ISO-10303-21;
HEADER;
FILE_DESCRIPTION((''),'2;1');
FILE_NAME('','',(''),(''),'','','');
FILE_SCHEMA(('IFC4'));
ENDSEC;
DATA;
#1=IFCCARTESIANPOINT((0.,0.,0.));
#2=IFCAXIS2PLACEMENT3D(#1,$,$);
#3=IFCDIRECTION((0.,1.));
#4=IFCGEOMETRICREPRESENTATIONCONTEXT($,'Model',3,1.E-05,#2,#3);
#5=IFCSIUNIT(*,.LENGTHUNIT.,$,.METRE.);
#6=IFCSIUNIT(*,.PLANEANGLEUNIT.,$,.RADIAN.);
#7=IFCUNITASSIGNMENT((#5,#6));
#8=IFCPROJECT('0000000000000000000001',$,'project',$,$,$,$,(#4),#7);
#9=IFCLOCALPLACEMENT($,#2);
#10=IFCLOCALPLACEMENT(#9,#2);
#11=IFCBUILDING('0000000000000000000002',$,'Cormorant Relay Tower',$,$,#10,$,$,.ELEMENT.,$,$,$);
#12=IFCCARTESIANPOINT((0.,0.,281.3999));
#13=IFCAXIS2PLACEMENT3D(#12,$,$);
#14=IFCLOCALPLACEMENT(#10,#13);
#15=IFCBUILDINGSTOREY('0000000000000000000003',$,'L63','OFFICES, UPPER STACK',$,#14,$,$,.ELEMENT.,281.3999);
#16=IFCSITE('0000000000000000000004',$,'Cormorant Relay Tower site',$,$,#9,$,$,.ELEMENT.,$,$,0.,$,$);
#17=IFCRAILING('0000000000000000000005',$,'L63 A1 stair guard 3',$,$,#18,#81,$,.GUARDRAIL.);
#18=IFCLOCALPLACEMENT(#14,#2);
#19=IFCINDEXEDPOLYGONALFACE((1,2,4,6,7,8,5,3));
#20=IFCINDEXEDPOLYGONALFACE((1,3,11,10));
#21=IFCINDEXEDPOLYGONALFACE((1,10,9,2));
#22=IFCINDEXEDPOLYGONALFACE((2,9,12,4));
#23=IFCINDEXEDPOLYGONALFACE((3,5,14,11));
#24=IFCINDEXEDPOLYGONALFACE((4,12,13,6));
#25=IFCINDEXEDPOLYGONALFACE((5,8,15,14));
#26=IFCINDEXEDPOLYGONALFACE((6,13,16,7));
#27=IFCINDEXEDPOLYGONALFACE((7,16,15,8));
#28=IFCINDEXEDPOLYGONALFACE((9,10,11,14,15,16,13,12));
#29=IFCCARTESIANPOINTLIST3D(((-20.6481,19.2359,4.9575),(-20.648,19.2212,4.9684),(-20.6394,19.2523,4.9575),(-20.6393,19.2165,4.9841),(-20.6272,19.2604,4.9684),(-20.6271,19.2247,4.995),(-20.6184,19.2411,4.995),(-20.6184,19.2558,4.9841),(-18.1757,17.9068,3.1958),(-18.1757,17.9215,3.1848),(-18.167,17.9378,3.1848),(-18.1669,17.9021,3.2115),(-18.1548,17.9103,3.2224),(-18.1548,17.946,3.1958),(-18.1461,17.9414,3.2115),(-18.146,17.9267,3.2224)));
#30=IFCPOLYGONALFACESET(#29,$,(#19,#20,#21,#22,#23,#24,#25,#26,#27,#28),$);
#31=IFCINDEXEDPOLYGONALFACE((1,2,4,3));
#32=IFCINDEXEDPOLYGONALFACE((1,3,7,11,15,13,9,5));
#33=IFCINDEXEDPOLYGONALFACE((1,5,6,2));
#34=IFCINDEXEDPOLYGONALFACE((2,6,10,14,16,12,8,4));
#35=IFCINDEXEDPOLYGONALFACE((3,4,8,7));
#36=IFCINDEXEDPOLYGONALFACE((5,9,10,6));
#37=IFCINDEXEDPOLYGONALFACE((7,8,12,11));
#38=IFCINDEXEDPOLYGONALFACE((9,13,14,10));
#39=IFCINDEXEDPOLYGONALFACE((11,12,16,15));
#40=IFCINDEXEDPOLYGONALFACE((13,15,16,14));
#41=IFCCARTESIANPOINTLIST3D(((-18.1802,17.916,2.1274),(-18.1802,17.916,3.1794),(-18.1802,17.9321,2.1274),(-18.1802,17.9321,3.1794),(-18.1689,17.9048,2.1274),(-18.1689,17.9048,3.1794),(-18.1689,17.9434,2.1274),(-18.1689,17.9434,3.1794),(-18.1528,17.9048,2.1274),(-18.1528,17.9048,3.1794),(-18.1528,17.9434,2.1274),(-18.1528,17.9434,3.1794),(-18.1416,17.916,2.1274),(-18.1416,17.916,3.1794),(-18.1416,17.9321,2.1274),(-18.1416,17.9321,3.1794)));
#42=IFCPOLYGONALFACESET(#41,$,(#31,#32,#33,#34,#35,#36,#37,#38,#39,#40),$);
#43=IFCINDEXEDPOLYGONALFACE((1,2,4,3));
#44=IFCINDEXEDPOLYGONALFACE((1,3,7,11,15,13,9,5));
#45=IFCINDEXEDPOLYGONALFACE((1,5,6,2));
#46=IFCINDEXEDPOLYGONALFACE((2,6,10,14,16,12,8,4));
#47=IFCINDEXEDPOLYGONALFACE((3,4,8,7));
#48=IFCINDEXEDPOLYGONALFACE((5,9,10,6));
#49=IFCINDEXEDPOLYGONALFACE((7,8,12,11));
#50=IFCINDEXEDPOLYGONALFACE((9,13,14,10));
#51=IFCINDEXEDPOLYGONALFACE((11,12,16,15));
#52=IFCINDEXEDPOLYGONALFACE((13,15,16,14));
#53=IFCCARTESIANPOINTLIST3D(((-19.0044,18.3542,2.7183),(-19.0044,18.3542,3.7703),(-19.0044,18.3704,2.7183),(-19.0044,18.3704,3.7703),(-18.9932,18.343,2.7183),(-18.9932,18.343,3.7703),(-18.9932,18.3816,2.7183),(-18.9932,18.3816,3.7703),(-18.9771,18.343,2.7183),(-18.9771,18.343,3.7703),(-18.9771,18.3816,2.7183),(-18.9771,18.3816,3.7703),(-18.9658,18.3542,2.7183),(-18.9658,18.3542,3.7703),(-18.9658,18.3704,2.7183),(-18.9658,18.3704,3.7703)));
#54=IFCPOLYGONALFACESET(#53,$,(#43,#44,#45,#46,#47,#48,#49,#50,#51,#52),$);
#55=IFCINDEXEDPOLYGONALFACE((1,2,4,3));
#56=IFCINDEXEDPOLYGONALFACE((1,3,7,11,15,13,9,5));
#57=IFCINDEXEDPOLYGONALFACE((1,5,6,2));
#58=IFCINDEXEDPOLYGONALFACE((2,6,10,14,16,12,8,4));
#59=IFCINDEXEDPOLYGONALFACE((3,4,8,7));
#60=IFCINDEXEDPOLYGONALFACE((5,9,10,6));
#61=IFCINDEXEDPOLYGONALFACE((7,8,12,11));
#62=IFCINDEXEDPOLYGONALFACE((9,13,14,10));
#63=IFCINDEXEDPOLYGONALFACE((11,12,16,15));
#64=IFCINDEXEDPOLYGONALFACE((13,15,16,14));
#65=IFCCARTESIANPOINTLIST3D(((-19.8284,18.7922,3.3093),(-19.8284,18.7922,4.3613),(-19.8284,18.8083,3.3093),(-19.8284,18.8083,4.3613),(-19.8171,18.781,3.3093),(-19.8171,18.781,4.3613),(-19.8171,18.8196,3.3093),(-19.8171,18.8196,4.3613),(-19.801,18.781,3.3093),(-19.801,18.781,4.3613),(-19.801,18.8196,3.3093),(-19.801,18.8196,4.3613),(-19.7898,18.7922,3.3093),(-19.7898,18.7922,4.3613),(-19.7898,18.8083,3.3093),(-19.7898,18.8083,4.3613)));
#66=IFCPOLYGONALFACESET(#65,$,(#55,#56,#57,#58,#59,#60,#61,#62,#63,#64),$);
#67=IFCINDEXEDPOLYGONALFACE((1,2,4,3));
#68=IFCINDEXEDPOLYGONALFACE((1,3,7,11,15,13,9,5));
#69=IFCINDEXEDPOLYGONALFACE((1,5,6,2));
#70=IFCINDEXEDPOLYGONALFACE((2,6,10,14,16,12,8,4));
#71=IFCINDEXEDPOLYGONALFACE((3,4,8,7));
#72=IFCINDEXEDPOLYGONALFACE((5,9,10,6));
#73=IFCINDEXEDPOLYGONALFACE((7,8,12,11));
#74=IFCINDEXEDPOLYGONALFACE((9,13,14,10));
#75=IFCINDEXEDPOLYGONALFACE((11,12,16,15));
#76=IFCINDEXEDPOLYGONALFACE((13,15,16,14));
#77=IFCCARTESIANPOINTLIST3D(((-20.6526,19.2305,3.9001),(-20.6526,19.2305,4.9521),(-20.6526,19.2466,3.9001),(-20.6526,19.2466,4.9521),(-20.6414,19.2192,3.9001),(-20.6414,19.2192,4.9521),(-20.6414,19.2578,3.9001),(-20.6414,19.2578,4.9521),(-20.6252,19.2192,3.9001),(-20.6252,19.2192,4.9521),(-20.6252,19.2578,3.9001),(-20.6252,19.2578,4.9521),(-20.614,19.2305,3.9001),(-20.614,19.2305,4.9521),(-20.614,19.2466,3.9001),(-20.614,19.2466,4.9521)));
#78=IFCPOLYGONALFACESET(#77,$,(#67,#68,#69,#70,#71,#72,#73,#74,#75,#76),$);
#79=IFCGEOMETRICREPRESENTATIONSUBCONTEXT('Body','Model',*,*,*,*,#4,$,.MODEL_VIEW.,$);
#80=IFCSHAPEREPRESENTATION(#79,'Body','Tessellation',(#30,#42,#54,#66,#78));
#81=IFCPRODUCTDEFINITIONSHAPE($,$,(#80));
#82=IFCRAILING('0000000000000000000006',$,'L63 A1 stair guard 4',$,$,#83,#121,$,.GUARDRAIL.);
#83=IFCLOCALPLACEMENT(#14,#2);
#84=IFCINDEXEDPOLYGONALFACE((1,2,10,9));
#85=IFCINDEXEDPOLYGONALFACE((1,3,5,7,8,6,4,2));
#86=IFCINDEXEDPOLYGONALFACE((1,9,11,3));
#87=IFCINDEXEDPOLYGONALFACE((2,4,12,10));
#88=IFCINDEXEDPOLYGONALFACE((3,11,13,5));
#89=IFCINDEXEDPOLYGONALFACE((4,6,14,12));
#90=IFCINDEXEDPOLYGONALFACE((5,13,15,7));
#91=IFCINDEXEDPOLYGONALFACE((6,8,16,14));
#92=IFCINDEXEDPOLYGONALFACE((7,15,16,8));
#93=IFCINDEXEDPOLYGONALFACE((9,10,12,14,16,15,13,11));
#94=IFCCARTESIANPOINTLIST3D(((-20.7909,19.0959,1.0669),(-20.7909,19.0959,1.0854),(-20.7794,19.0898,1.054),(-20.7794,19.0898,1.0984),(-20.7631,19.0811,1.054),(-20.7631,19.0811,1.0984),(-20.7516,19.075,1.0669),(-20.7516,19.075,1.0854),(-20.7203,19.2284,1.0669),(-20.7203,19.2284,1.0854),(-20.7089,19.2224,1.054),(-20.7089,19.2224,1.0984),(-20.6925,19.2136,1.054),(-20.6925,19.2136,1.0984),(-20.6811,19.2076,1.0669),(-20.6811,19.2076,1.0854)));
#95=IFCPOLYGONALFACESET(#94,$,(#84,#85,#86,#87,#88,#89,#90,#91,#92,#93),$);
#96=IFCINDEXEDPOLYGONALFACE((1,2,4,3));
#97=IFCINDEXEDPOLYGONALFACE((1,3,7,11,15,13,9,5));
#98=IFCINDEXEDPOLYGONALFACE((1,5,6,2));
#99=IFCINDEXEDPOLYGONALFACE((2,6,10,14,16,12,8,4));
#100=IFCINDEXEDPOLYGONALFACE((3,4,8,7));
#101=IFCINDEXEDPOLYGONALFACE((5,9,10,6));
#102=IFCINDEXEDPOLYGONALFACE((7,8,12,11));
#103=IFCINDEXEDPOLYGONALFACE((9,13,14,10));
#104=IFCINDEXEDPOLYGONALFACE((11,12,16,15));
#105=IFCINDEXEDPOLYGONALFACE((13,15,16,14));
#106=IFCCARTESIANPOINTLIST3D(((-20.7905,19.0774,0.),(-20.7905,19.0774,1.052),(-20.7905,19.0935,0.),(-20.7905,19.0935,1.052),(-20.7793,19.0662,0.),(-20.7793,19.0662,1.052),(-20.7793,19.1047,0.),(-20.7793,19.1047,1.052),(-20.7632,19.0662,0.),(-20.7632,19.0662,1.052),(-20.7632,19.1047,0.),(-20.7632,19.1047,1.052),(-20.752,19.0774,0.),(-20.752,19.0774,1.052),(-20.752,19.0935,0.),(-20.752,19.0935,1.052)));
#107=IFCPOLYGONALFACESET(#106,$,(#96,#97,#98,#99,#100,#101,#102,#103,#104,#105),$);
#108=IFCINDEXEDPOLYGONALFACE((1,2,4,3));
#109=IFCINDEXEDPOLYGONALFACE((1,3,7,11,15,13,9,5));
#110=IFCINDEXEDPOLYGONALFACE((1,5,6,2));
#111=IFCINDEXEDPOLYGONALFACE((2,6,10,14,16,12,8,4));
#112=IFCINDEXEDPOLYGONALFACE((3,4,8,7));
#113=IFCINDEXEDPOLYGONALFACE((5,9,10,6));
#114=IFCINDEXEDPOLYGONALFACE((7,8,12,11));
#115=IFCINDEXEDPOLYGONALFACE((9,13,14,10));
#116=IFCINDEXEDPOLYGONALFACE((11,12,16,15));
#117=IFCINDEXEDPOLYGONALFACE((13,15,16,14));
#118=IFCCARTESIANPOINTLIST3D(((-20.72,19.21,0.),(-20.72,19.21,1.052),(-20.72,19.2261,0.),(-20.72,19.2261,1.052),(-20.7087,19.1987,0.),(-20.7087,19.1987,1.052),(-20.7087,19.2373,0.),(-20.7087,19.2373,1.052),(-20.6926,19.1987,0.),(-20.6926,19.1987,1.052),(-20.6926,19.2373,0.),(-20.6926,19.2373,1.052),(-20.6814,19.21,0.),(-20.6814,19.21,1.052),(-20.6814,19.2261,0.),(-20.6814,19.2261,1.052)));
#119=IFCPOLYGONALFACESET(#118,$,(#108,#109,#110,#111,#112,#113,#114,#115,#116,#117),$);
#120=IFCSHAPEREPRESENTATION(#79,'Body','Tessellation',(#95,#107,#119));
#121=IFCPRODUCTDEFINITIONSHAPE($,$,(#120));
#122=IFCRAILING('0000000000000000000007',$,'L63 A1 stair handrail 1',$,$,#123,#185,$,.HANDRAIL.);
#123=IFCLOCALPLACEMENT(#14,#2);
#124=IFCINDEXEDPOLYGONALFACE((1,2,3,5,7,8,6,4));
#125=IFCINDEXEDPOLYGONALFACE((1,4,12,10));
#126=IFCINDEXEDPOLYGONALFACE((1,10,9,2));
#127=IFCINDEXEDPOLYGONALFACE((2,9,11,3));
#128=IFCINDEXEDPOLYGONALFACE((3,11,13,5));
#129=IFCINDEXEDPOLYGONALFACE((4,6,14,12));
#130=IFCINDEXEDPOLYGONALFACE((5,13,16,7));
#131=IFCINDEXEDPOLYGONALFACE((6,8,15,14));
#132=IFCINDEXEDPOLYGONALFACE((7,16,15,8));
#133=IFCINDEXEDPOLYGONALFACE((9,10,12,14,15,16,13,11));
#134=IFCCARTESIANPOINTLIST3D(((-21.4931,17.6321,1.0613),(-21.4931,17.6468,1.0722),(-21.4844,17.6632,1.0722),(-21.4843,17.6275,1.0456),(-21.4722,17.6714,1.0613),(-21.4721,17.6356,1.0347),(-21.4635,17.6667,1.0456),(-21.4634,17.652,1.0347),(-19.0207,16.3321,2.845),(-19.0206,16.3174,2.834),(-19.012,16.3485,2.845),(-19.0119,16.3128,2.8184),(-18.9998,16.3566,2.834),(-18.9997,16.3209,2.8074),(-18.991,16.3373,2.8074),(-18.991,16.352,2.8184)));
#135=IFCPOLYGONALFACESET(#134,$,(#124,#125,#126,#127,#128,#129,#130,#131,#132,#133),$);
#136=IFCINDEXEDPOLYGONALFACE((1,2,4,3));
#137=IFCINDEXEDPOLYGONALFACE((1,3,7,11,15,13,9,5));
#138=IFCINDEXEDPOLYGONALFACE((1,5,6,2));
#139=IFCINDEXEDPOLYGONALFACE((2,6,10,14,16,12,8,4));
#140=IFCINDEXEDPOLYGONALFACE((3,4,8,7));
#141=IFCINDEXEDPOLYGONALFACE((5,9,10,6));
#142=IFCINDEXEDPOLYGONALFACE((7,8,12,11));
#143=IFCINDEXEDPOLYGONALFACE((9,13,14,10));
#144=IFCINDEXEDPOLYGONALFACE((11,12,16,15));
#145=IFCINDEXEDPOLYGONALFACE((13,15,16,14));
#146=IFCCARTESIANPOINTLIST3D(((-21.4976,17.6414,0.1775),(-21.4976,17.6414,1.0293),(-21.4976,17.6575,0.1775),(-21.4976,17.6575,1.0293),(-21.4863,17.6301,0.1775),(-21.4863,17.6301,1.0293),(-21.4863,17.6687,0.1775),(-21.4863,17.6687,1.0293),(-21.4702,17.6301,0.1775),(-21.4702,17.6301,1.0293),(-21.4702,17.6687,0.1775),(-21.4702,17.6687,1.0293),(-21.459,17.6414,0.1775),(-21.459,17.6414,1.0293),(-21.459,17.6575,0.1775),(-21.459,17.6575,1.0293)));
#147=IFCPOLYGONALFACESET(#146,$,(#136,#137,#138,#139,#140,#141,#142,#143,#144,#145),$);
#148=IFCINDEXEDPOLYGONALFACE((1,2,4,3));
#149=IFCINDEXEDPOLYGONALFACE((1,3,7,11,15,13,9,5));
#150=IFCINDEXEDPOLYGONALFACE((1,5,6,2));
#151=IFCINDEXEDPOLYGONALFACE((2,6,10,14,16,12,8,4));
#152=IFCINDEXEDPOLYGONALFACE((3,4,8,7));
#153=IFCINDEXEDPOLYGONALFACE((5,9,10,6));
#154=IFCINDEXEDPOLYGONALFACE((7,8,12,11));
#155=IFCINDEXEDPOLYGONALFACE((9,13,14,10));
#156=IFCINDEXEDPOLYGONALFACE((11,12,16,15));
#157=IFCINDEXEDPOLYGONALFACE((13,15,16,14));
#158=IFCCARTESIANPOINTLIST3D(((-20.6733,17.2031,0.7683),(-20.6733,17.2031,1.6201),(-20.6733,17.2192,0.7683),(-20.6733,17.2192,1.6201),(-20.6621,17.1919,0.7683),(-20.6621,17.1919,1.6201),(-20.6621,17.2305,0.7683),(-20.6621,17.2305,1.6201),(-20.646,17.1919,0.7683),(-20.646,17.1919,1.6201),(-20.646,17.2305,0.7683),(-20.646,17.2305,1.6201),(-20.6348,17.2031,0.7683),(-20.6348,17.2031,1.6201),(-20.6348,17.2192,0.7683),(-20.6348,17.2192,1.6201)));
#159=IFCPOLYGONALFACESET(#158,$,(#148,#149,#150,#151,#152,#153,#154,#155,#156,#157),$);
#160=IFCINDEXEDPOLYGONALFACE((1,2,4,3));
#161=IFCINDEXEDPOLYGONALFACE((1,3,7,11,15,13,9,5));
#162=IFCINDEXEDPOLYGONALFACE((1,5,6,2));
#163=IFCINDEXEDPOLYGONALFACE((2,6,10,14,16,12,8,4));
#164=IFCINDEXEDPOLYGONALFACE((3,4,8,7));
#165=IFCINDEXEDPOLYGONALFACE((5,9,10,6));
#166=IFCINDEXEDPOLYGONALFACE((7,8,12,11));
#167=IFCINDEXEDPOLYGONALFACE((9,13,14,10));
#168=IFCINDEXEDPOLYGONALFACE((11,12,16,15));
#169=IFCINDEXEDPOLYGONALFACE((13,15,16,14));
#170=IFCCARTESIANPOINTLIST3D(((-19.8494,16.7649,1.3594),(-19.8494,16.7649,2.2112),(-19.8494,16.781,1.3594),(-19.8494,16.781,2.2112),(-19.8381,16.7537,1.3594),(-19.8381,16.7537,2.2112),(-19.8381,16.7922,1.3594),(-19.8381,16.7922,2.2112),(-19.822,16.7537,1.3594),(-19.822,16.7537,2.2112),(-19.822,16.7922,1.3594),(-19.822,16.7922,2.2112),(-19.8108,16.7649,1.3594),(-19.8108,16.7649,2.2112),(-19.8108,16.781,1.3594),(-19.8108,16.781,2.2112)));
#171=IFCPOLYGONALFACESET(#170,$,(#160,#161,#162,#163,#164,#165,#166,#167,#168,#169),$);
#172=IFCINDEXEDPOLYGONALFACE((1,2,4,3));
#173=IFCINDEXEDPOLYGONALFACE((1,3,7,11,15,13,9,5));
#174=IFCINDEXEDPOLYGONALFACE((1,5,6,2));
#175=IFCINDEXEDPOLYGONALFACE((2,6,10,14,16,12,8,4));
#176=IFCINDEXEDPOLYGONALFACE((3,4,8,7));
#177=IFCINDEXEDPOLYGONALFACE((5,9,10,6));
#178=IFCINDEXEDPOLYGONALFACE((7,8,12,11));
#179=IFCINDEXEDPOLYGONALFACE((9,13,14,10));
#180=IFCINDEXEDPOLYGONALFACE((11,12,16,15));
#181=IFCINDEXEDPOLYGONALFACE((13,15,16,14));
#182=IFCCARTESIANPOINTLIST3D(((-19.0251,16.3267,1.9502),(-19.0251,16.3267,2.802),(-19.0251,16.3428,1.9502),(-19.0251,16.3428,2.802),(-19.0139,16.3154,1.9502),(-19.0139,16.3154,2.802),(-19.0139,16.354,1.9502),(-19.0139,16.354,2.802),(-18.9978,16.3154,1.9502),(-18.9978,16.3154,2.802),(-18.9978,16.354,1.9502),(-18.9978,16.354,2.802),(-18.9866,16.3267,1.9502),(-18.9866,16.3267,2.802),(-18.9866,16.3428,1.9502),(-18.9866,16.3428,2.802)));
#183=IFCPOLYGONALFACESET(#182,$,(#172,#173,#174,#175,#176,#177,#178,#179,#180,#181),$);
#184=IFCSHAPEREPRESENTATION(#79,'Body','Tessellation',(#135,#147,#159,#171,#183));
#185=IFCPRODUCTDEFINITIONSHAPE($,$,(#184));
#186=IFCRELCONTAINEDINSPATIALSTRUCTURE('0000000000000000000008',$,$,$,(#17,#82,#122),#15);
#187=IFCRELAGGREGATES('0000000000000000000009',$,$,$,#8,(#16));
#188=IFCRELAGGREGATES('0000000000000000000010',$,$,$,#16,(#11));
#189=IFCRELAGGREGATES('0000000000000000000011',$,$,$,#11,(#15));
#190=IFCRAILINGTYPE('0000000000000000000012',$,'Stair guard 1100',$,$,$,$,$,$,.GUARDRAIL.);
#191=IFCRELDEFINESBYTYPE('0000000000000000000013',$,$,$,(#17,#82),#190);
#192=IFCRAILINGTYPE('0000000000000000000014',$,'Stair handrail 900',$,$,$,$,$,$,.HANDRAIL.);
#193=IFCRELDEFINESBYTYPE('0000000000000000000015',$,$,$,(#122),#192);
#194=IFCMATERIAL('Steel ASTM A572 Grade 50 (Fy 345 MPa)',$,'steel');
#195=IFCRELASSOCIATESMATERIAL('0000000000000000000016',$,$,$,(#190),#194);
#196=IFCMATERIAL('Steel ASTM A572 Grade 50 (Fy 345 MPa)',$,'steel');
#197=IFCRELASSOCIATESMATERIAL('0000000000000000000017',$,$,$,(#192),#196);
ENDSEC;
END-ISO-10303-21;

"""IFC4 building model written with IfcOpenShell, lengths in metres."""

from ifc_helpers import new_model, si_unit, direction, frame, origin, place, context, subcontext, project, spatial, polyline, outline, extrude, material, type_object, element, save


model = new_model("IFC4")

# Units and contexts
model_context = context("Model", 3, precision=1e-05, world=origin(), true_north=direction((0.0, 1.0)))
body_context = subcontext(model_context, "Body", "Model", "MODEL_VIEW")
ifc_project = project(units=[si_unit("LENGTHUNIT", "METRE"), si_unit("PLANEANGLEUNIT", "RADIAN")], contexts=[model_context])

# Site, building, storey
site_placement = place(None, origin())
site = spatial("IfcSite", under=ifc_project, at=site_placement, Name="Cormorant Relay Tower site", CompositionType="ELEMENT", RefElevation=0.0)
building_placement = place(site_placement, origin())
building = spatial("IfcBuilding", under=site, at=building_placement, Name="Cormorant Relay Tower", CompositionType="ELEMENT")
storey_placement = place(building_placement, frame((0.0, 0.0, 281.3999)))
storey = spatial("IfcBuildingStorey", under=building, at=storey_placement, Name="L63", Description="OFFICES, UPPER STACK", CompositionType="ELEMENT", Elevation=281.3999)

# Railings
ifc_material_1 = material(Name="Steel ASTM A572 Grade 50 (Fy 345 MPa)", Category="steel")
railing_type_1 = type_object("IfcRailingType", Name="Stair guard 1100", PredefinedType="GUARDRAIL", material=ifc_material_1)
railing_1_placement = place(storey_placement, frame((-18.1609, 17.9241, 2.1274)))
element("IfcRailing", 1, at=railing_1_placement, inside=storey, type_object=railing_type_1, Name="L63 A1 stair guard 3", PredefinedType="GUARDRAIL", context=body_context, shape_type="SweptSolid", body=[
    extrude(outline(polyline([(0.0222, 0.0093), (0.0093, 0.0222), (-0.0093, 0.0222), (-0.0222, 0.0093), (-0.0222, -0.0093), (-0.0093, -0.0222), (0.0093, -0.0222), (0.0222, -0.0093), (0.0222, 0.0093)])), frame((0.0, 0.0, 1.0762), z_axis=(-0.746034, 0.396627, 0.534902), x_axis=(-0.469429, -0.88297, 0.0)), (0.0, 0.0, 1.0), 3.314),
    extrude(outline(polyline([(0.0193, 0.0081), (0.0081, 0.0193), (-0.0081, 0.0193), (-0.0193, 0.0081), (-0.0193, -0.0081), (-0.0081, -0.0193), (0.0081, -0.0193), (0.0193, -0.0081), (0.0193, 0.0081)])), origin(), (0.0, 0.0, 1.0), 1.052),
    extrude(outline(polyline([(0.0193, 0.0081), (0.0081, 0.0193), (-0.0081, 0.0193), (-0.0193, 0.0081), (-0.0193, -0.0081), (-0.0081, -0.0193), (0.0081, -0.0193), (0.0193, -0.0081), (0.0193, 0.0081)])), frame((-0.8242, 0.4382, 0.5908)), (0.0, 0.0, 1.0), 1.052),
    extrude(outline(polyline([(0.0193, 0.0081), (0.0081, 0.0193), (-0.0081, 0.0193), (-0.0193, 0.0081), (-0.0193, -0.0081), (-0.0081, -0.0193), (0.0081, -0.0193), (0.0193, -0.0081), (0.0193, 0.0081)])), frame((-1.6482, 0.8762, 1.1819)), (0.0, 0.0, 1.0), 1.052),
    extrude(outline(polyline([(0.0193, 0.0081), (0.0081, 0.0193), (-0.0081, 0.0193), (-0.0193, 0.0081), (-0.0193, -0.0081), (-0.0081, -0.0193), (0.0081, -0.0193), (0.0193, -0.0081), (0.0193, 0.0081)])), frame((-2.4724, 1.3145, 1.7727)), (0.0, 0.0, 1.0), 1.052),
])
railing_2_placement = place(storey_placement, frame((-20.7712, 19.0854, 0.0)))
element("IfcRailing", 2, at=railing_2_placement, inside=storey, type_object=railing_type_1, Name="L63 A1 stair guard 4", PredefinedType="GUARDRAIL", context=body_context, shape_type="SweptSolid", body=[
    extrude(outline(polyline([(0.0222, 0.0093), (0.0093, 0.0222), (-0.0093, 0.0222), (-0.0222, 0.0093), (-0.0222, -0.0093), (-0.0093, -0.0222), (0.0093, -0.0222), (0.0222, -0.0093), (0.0222, 0.0093)])), frame((0.0, 0.0, 1.0762), z_axis=(0.469829, 0.882758, 0.0), x_axis=(-0.882758, 0.469829, 0.0)), (0.0, 0.0, 1.0), 0.1501),
    extrude(outline(polyline([(0.0193, 0.0081), (0.0081, 0.0193), (-0.0081, 0.0193), (-0.0193, 0.0081), (-0.0193, -0.0081), (-0.0081, -0.0193), (0.0081, -0.0193), (0.0193, -0.0081), (0.0193, 0.0081)])), origin(), (0.0, 0.0, 1.0), 1.052),
    extrude(outline(polyline([(0.0193, 0.0081), (0.0081, 0.0193), (-0.0081, 0.0193), (-0.0193, 0.0081), (-0.0193, -0.0081), (-0.0081, -0.0193), (0.0081, -0.0193), (0.0193, -0.0081), (0.0193, 0.0081)])), frame((0.0706, 0.1326, 0.0)), (0.0, 0.0, 1.0), 1.052),
])
ifc_material_2 = material(Name="Steel ASTM A572 Grade 50 (Fy 345 MPa)", Category="steel")
railing_type_2 = type_object("IfcRailingType", Name="Stair handrail 900", PredefinedType="HANDRAIL", material=ifc_material_2)
railing_3_placement = place(storey_placement, frame((-21.4783, 17.6494, 0.1775)))
element("IfcRailing", 3, at=railing_3_placement, inside=storey, type_object=railing_type_2, Name="L63 A1 stair handrail 1", PredefinedType="HANDRAIL", context=body_context, shape_type="SweptSolid", body=[
    extrude(outline(polyline([(0.0222, 0.0093), (0.0093, 0.0222), (-0.0093, 0.0222), (-0.0222, 0.0093), (-0.0222, -0.0093), (-0.0093, -0.0222), (0.0093, -0.0222), (0.0222, -0.0093), (0.0222, 0.0093)])), frame((0.0, 0.0, 0.876), z_axis=(0.746012, -0.39669, 0.534886), x_axis=(0.469497, 0.882934, 0.0)), (0.0, 0.0, 1.0), 3.3142),
    extrude(outline(polyline([(0.0193, 0.0081), (0.0081, 0.0193), (-0.0081, 0.0193), (-0.0193, 0.0081), (-0.0193, -0.0081), (-0.0081, -0.0193), (0.0081, -0.0193), (0.0193, -0.0081), (0.0193, 0.0081)])), origin(), (0.0, 0.0, 1.0), 0.8518),
    extrude(outline(polyline([(0.0193, 0.0081), (0.0081, 0.0193), (-0.0081, 0.0193), (-0.0193, 0.0081), (-0.0193, -0.0081), (-0.0081, -0.0193), (0.0081, -0.0193), (0.0193, -0.0081), (0.0193, 0.0081)])), frame((0.8242, -0.4382, 0.5908)), (0.0, 0.0, 1.0), 0.8518),
    extrude(outline(polyline([(0.0193, 0.0081), (0.0081, 0.0193), (-0.0081, 0.0193), (-0.0193, 0.0081), (-0.0193, -0.0081), (-0.0081, -0.0193), (0.0081, -0.0193), (0.0193, -0.0081), (0.0193, 0.0081)])), frame((1.6482, -0.8765, 1.1819)), (0.0, 0.0, 1.0), 0.8518),
    extrude(outline(polyline([(0.0193, 0.0081), (0.0081, 0.0193), (-0.0081, 0.0193), (-0.0193, 0.0081), (-0.0193, -0.0081), (-0.0081, -0.0193), (0.0081, -0.0193), (0.0193, -0.0081), (0.0193, 0.0081)])), frame((2.4724, -1.3147, 1.7727)), (0.0, 0.0, 1.0), 0.8518),
])

save(model, "model.ifc")
